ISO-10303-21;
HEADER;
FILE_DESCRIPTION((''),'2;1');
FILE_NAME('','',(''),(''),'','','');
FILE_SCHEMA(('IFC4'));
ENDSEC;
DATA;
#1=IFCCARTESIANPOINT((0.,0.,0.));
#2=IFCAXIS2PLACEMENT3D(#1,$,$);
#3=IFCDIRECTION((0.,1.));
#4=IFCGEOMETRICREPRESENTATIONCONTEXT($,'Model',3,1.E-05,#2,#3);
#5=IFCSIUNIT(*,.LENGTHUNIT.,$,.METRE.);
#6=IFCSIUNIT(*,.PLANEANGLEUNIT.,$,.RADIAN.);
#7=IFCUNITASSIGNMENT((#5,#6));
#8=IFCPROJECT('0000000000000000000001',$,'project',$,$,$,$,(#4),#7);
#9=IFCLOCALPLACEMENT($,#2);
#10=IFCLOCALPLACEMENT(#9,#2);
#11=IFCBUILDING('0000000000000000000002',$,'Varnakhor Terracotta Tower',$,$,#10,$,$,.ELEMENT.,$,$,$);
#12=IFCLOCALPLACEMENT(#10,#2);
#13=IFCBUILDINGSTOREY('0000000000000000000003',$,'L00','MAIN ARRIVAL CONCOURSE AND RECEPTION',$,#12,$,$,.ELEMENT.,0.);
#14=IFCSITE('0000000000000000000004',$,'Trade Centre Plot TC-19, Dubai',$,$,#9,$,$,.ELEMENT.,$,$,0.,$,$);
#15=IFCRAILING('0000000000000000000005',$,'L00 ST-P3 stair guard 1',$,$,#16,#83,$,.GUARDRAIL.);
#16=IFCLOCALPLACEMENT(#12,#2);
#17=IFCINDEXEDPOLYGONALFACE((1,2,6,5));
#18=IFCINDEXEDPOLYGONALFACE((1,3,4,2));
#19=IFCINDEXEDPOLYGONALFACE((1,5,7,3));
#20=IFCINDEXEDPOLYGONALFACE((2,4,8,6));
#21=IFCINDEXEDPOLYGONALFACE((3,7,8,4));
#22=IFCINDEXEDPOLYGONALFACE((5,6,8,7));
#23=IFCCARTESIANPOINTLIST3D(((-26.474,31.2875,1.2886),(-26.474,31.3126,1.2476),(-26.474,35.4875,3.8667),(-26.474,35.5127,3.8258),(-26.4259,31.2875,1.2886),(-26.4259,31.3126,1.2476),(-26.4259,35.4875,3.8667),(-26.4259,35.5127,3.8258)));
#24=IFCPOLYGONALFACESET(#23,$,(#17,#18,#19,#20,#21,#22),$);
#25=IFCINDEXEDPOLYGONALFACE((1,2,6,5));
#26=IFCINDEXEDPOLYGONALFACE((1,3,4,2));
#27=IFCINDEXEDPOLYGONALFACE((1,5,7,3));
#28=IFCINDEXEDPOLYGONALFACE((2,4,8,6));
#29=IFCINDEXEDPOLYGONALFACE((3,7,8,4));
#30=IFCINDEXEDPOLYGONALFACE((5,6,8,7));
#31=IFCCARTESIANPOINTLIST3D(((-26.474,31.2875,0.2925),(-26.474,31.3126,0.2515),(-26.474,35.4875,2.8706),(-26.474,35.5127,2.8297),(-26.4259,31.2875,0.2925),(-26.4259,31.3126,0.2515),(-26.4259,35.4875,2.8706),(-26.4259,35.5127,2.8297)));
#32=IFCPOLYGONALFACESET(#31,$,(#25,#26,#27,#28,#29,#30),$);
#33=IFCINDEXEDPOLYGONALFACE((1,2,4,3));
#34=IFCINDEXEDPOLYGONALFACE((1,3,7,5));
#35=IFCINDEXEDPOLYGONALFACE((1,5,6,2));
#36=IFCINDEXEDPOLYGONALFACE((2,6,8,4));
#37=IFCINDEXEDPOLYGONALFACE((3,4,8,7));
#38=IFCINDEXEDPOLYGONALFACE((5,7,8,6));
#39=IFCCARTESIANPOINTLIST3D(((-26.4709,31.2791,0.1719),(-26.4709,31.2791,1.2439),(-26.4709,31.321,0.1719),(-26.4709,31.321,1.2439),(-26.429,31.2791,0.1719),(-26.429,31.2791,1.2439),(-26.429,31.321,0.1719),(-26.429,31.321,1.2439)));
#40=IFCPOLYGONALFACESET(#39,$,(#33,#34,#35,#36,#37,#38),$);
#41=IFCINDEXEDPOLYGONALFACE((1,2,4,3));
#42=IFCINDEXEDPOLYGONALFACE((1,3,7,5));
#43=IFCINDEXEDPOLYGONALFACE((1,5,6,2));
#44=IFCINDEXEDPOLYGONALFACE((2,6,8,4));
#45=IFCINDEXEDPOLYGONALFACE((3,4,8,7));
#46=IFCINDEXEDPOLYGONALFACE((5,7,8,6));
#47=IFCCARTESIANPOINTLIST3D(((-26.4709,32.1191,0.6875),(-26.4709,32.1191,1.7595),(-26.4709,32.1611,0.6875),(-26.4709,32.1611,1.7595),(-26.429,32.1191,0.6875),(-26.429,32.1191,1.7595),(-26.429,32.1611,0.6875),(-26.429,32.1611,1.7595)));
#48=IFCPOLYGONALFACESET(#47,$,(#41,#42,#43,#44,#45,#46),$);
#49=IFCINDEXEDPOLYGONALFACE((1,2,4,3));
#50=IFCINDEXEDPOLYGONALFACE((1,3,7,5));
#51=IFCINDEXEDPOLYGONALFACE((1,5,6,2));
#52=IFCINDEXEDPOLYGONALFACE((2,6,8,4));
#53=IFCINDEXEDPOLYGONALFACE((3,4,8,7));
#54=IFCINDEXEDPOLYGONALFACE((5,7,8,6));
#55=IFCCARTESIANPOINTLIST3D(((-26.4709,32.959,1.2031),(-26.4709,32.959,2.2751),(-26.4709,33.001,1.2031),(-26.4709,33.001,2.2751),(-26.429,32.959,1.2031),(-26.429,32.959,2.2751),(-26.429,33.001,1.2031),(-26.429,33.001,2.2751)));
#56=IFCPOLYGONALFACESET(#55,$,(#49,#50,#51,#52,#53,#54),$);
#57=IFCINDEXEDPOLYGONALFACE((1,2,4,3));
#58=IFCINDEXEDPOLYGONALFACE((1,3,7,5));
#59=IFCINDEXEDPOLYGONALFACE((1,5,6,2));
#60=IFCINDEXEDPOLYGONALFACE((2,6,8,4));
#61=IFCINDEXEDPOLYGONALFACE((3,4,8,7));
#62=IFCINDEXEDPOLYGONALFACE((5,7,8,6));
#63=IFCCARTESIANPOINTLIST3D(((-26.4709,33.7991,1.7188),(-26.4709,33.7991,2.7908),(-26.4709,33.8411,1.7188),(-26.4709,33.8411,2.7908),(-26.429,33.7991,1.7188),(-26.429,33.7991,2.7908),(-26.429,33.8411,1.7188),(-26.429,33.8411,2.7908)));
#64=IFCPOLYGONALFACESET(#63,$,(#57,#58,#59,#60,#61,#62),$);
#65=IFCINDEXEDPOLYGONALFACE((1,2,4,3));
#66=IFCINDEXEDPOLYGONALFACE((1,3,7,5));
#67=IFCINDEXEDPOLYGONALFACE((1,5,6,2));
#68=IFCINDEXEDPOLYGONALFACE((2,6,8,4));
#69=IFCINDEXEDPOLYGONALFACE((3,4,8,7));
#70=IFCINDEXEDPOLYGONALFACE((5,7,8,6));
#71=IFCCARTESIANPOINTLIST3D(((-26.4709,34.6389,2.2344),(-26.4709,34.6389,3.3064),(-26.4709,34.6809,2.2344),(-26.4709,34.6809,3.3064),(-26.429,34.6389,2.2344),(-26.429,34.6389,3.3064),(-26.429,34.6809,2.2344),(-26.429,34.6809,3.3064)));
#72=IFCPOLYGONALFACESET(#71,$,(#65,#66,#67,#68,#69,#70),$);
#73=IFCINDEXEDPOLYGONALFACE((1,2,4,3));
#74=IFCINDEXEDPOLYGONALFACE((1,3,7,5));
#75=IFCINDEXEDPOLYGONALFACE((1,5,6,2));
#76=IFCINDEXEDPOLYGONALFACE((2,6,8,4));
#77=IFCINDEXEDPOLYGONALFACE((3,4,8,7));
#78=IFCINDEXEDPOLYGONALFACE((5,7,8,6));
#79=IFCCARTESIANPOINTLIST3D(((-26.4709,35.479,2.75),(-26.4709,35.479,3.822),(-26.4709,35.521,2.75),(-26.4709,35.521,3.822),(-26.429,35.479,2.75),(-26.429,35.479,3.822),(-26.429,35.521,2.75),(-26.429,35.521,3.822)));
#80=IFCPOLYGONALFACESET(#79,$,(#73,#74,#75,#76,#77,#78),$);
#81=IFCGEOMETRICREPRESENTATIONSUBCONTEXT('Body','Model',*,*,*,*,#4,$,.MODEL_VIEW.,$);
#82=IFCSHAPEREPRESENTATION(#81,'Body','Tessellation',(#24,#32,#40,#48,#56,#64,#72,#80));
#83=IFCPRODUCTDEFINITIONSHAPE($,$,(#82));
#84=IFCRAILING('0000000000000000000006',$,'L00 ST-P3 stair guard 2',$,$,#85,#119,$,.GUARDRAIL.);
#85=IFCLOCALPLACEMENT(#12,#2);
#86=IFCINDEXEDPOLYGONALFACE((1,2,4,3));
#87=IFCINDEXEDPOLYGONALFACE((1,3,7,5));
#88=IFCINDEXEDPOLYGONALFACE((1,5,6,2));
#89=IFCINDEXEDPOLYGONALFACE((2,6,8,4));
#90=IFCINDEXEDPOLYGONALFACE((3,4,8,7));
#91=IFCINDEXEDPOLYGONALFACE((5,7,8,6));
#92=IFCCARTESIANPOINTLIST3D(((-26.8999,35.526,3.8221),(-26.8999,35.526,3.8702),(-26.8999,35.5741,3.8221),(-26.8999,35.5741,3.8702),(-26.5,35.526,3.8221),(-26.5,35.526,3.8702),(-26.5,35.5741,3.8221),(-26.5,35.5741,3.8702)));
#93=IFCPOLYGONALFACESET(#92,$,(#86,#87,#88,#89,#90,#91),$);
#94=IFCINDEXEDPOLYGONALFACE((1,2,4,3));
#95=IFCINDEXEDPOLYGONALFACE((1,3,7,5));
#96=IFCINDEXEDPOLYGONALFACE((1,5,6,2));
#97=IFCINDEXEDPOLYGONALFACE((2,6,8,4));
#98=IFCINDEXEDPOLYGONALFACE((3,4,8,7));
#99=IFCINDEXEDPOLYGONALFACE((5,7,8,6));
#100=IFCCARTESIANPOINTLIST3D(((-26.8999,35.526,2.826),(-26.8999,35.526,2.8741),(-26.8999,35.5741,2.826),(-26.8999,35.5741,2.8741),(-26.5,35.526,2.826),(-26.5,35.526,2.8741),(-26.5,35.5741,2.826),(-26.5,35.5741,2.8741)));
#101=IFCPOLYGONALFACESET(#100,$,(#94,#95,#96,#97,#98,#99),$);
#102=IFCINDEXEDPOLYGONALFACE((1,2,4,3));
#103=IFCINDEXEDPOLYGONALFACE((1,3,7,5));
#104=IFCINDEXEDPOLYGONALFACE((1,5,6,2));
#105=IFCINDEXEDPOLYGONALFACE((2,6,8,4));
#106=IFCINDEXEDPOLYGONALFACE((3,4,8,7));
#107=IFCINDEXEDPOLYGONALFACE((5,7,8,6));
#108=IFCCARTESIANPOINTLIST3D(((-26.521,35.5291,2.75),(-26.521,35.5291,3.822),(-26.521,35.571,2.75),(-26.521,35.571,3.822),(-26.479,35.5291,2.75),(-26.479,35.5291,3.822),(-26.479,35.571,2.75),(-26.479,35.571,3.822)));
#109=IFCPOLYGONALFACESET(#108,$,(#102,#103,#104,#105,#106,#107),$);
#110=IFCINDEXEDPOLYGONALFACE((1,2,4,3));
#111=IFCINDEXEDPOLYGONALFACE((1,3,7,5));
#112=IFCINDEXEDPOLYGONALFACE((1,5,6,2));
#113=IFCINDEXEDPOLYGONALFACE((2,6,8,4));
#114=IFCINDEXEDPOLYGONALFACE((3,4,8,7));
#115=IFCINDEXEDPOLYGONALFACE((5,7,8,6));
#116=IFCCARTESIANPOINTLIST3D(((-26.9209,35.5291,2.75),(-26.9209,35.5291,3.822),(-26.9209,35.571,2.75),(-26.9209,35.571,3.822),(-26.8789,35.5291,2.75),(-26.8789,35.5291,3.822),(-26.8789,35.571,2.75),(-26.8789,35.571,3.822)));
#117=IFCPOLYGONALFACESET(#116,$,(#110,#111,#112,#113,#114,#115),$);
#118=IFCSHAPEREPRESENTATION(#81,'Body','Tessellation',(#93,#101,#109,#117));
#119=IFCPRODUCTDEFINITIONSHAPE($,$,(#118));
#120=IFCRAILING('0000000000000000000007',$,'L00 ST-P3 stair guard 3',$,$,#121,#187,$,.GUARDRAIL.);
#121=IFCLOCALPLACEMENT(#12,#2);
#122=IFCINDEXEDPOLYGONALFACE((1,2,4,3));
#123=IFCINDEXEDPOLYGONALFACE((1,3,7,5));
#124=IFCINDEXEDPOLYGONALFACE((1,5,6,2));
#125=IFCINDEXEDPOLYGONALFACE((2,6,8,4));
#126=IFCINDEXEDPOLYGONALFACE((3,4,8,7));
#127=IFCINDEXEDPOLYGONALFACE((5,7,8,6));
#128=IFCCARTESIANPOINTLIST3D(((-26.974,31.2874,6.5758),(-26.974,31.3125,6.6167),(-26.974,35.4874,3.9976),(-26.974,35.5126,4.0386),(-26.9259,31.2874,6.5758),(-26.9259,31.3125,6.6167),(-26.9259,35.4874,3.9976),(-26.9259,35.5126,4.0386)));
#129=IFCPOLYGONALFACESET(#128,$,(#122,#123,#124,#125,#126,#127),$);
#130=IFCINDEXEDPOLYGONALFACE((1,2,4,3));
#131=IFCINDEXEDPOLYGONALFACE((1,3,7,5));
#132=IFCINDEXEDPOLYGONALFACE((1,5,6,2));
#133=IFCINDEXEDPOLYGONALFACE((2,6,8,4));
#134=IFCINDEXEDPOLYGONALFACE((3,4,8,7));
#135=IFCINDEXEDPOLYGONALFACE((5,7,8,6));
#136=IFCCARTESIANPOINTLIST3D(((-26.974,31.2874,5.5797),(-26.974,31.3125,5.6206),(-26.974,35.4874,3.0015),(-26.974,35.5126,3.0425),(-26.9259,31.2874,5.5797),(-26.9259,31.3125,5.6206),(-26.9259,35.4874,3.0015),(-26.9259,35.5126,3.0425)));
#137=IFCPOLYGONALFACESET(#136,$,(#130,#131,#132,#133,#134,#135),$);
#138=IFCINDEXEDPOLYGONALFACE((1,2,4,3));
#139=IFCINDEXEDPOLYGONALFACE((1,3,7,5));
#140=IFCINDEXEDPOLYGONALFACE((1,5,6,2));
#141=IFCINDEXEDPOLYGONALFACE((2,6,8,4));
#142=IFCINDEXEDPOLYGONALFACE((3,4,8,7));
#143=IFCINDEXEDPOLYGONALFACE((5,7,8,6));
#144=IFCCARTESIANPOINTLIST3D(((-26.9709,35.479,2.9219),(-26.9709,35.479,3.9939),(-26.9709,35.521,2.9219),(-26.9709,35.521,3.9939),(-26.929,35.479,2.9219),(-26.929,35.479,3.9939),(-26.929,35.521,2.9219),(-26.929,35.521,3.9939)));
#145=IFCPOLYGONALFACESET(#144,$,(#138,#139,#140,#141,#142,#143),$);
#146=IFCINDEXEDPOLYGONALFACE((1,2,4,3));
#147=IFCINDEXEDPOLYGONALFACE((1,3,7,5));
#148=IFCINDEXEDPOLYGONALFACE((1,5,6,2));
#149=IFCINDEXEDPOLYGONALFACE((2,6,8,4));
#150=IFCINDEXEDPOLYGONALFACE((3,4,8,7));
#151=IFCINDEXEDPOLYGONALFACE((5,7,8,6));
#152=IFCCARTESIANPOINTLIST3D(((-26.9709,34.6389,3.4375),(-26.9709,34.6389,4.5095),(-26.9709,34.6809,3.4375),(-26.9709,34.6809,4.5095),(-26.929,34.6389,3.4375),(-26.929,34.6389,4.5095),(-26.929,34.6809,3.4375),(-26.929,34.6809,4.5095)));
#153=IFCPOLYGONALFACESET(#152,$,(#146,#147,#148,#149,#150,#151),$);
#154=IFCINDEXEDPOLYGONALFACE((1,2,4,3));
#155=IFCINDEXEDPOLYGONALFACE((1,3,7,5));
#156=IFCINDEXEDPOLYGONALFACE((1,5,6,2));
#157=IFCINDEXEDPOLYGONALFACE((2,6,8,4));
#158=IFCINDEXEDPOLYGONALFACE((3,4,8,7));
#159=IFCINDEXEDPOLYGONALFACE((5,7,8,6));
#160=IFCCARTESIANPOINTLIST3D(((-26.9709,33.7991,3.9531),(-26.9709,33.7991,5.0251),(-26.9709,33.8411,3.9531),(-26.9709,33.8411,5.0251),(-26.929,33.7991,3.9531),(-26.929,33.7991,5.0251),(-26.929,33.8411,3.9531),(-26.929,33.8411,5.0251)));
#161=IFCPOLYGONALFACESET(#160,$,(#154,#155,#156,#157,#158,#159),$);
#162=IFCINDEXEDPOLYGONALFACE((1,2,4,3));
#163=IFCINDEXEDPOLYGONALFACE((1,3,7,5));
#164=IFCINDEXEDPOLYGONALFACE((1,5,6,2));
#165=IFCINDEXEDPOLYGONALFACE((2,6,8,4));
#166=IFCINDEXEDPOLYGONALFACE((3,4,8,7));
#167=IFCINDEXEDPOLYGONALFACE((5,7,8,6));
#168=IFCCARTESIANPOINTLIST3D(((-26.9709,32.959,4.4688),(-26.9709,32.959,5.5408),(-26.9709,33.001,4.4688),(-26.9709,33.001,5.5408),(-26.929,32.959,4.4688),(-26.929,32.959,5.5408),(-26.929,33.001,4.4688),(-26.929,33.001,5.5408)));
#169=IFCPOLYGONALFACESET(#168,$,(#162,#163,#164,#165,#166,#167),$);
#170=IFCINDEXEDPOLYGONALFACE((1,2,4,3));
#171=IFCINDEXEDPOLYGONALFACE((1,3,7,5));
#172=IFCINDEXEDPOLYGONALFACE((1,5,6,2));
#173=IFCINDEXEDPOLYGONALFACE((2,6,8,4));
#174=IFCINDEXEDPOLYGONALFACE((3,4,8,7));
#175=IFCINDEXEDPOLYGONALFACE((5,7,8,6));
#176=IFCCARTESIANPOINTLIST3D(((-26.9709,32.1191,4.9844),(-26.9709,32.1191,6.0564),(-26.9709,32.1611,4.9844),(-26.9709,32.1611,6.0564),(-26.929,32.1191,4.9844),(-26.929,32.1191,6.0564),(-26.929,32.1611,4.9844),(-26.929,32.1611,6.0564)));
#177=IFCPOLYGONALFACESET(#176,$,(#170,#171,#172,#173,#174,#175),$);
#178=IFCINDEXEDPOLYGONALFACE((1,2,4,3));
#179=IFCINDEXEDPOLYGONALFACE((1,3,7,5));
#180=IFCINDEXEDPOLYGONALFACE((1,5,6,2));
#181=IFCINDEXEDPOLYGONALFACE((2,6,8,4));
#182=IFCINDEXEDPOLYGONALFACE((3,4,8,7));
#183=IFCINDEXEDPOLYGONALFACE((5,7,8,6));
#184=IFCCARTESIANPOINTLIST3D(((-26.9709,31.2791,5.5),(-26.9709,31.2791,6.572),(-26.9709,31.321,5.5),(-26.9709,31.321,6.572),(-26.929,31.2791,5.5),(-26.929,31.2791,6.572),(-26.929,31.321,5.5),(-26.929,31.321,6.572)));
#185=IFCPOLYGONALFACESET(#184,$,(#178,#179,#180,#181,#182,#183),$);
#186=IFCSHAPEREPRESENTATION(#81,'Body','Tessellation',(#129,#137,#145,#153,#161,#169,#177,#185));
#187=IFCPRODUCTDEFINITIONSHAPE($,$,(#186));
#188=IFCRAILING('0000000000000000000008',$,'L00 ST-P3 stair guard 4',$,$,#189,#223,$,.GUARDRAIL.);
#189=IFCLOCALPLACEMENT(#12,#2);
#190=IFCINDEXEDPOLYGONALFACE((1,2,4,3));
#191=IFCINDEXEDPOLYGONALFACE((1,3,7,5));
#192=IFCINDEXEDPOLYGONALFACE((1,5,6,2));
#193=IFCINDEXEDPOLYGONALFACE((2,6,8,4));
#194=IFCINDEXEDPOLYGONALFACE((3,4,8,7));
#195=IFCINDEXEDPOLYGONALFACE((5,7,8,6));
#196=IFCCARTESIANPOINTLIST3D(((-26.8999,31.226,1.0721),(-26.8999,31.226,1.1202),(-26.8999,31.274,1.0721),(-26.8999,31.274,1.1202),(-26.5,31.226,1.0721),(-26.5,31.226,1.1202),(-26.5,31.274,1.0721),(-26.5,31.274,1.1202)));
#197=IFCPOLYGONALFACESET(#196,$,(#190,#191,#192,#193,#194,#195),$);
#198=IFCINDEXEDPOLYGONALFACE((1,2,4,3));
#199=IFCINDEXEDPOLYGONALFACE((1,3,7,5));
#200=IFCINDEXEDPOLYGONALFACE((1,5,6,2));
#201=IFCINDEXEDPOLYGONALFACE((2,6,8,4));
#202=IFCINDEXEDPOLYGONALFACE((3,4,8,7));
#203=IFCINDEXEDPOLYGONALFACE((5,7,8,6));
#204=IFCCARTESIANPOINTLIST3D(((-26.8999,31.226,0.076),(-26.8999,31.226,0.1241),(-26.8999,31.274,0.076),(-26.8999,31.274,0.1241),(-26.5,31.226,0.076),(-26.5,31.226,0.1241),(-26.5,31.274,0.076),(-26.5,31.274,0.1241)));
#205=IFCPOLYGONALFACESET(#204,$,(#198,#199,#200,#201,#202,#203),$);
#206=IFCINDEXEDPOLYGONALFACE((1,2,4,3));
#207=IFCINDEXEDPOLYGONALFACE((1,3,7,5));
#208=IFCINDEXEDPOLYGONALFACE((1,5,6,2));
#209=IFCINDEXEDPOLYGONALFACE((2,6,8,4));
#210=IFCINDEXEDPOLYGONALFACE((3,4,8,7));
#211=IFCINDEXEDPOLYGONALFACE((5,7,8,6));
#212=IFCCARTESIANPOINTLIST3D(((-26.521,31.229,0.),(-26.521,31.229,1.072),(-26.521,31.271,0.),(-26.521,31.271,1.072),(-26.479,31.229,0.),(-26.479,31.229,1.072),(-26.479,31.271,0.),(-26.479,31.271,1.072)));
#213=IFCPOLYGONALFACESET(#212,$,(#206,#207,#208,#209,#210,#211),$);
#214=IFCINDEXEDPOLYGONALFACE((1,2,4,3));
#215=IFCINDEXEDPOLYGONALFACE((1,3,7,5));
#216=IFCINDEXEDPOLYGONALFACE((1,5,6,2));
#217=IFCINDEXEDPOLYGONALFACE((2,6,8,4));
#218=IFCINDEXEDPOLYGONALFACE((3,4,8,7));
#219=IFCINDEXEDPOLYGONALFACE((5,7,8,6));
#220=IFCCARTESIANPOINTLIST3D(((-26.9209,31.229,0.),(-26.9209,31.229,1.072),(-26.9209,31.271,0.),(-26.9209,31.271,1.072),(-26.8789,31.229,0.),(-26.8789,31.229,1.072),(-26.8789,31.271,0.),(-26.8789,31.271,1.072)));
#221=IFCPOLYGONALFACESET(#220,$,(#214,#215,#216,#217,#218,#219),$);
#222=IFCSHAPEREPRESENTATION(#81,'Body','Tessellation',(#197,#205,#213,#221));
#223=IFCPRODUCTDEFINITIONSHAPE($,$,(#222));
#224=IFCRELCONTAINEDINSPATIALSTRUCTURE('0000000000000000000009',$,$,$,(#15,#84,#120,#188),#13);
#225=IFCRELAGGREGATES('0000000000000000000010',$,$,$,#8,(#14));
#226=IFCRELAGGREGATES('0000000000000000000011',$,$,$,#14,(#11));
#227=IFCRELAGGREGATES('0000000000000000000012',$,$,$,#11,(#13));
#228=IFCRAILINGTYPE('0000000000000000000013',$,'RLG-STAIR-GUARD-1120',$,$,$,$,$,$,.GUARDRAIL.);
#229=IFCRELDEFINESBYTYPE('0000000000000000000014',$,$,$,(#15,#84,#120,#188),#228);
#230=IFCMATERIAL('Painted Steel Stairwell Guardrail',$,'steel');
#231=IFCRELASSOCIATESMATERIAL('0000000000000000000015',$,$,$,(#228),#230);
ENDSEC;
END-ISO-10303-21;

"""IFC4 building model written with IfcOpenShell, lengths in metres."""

from ifc_helpers import new_model, si_unit, direction, frame, origin, origin_2d, place, context, subcontext, project, spatial, rectangle, extrude, material, type_object, element, save


model = new_model("IFC4")

# Units and contexts
model_context = context("Model", 3, precision=1e-05, world=origin(), true_north=direction((0.0, 1.0)))
body_context = subcontext(model_context, "Body", "Model", "MODEL_VIEW")
ifc_project = project(units=[si_unit("LENGTHUNIT", "METRE"), si_unit("PLANEANGLEUNIT", "RADIAN")], contexts=[model_context])

# Site, building, storey
site_placement = place(None, origin())
site = spatial("IfcSite", under=ifc_project, at=site_placement, Name="Trade Centre Plot TC-19, Dubai", CompositionType="ELEMENT", RefElevation=0.0)
building_placement = place(site_placement, origin())
building = spatial("IfcBuilding", under=site, at=building_placement, Name="Varnakhor Terracotta Tower", CompositionType="ELEMENT")
storey_placement = place(building_placement, origin())
storey = spatial("IfcBuildingStorey", under=building, at=storey_placement, Name="L00", Description="MAIN ARRIVAL CONCOURSE AND RECEPTION", CompositionType="ELEMENT", Elevation=0.0)

# Railings
ifc_material_1 = material(Name="Painted Steel Stairwell Guardrail", Category="steel")
railing_type_1 = type_object("IfcRailingType", Name="RLG-STAIR-GUARD-1120", PredefinedType="GUARDRAIL", material=ifc_material_1)
railing_1_placement = place(storey_placement, frame((-26.45, 31.3, 0.1719)))
element("IfcRailing", 1, at=railing_1_placement, inside=storey, type_object=railing_type_1, Name="L00 ST-P3 stair guard 1", PredefinedType="GUARDRAIL", context=body_context, shape_type="SweptSolid", body=[
    extrude(rectangle(XDim=0.0481, YDim=0.0481, at=origin_2d()), frame((0.0, 0.0, 1.0962), z_axis=(0.0, 0.852243, 0.523146), x_axis=(-1.0, 0.0, 0.0)), (0.0, 0.0, 1.0), 4.9282),
    extrude(rectangle(XDim=0.0481, YDim=0.0481, at=origin_2d()), frame((0.0, 0.0, 0.1001), z_axis=(0.0, 0.852243, 0.523146), x_axis=(-1.0, 0.0, 0.0)), (0.0, 0.0, 1.0), 4.9282),
    extrude(rectangle(XDim=0.042, YDim=0.042, at=origin_2d()), origin(), (0.0, 0.0, 1.0), 1.072),
    extrude(rectangle(XDim=0.042, YDim=0.042, at=origin_2d()), frame((0.0, 0.8401, 0.5156)), (0.0, 0.0, 1.0), 1.072),
    extrude(rectangle(XDim=0.042, YDim=0.042, at=origin_2d()), frame((0.0, 1.6799, 1.0312)), (0.0, 0.0, 1.0), 1.072),
    extrude(rectangle(XDim=0.042, YDim=0.042, at=origin_2d()), frame((0.0, 2.52, 1.5469)), (0.0, 0.0, 1.0), 1.072),
    extrude(rectangle(XDim=0.042, YDim=0.042, at=origin_2d()), frame((0.0, 3.3599, 2.0625)), (0.0, 0.0, 1.0), 1.072),
    extrude(rectangle(XDim=0.042, YDim=0.042, at=origin_2d()), frame((0.0, 4.2, 2.5781)), (0.0, 0.0, 1.0), 1.072),
])
railing_2_placement = place(storey_placement, frame((-26.5, 35.55, 2.75)))
element("IfcRailing", 2, at=railing_2_placement, inside=storey, type_object=railing_type_1, Name="L00 ST-P3 stair guard 2", PredefinedType="GUARDRAIL", context=body_context, shape_type="SweptSolid", body=[
    extrude(rectangle(XDim=0.0481, YDim=0.0481, at=origin_2d()), frame((0.0, 0.0, 1.0962), z_axis=(-1.0, 0.0, 0.0), x_axis=(0.0, -1.0, 0.0)), (0.0, 0.0, 1.0), 0.3999),
    extrude(rectangle(XDim=0.0481, YDim=0.0481, at=origin_2d()), frame((0.0, 0.0, 0.1001), z_axis=(-1.0, 0.0, 0.0), x_axis=(0.0, -1.0, 0.0)), (0.0, 0.0, 1.0), 0.3999),
    extrude(rectangle(XDim=0.042, YDim=0.042, at=origin_2d()), origin(), (0.0, 0.0, 1.0), 1.072),
    extrude(rectangle(XDim=0.042, YDim=0.042, at=origin_2d()), frame((-0.3999, 0.0, 0.0)), (0.0, 0.0, 1.0), 1.072),
])
railing_3_placement = place(storey_placement, frame((-26.95, 35.5, 2.9219)))
element("IfcRailing", 3, at=railing_3_placement, inside=storey, type_object=railing_type_1, Name="L00 ST-P3 stair guard 3", PredefinedType="GUARDRAIL", context=body_context, shape_type="SweptSolid", body=[
    extrude(rectangle(XDim=0.0481, YDim=0.0481, at=origin_2d()), frame((0.0, 0.0, 1.0962), z_axis=(0.0, -0.852243, 0.523146), x_axis=(1.0, 0.0, 0.0)), (0.0, 0.0, 1.0), 4.9282),
    extrude(rectangle(XDim=0.0481, YDim=0.0481, at=origin_2d()), frame((0.0, 0.0, 0.1001), z_axis=(0.0, -0.852243, 0.523146), x_axis=(1.0, 0.0, 0.0)), (0.0, 0.0, 1.0), 4.9282),
    extrude(rectangle(XDim=0.042, YDim=0.042, at=origin_2d()), origin(), (0.0, 0.0, 1.0), 1.072),
    extrude(rectangle(XDim=0.042, YDim=0.042, at=origin_2d()), frame((0.0, -0.8401, 0.5156)), (0.0, 0.0, 1.0), 1.072),
    extrude(rectangle(XDim=0.042, YDim=0.042, at=origin_2d()), frame((0.0, -1.6799, 1.0312)), (0.0, 0.0, 1.0), 1.072),
    extrude(rectangle(XDim=0.042, YDim=0.042, at=origin_2d()), frame((0.0, -2.52, 1.5469)), (0.0, 0.0, 1.0), 1.072),
    extrude(rectangle(XDim=0.042, YDim=0.042, at=origin_2d()), frame((0.0, -3.3599, 2.0625)), (0.0, 0.0, 1.0), 1.072),
    extrude(rectangle(XDim=0.042, YDim=0.042, at=origin_2d()), frame((0.0, -4.2, 2.5781)), (0.0, 0.0, 1.0), 1.072),
])
railing_4_placement = place(storey_placement, frame((-26.5, 31.25, 0.0)))
element("IfcRailing", 4, at=railing_4_placement, inside=storey, type_object=railing_type_1, Name="L00 ST-P3 stair guard 4", PredefinedType="GUARDRAIL", context=body_context, shape_type="SweptSolid", body=[
    extrude(rectangle(XDim=0.0481, YDim=0.0481, at=origin_2d()), frame((0.0, 0.0, 1.0962), z_axis=(-1.0, 0.0, 0.0), x_axis=(0.0, -1.0, 0.0)), (0.0, 0.0, 1.0), 0.3999),
    extrude(rectangle(XDim=0.0481, YDim=0.0481, at=origin_2d()), frame((0.0, 0.0, 0.1001), z_axis=(-1.0, 0.0, 0.0), x_axis=(0.0, -1.0, 0.0)), (0.0, 0.0, 1.0), 0.3999),
    extrude(rectangle(XDim=0.042, YDim=0.042, at=origin_2d()), origin(), (0.0, 0.0, 1.0), 1.072),
    extrude(rectangle(XDim=0.042, YDim=0.042, at=origin_2d()), frame((-0.3999, 0.0, 0.0)), (0.0, 0.0, 1.0), 1.072),
])

save(model, "model.ifc")
